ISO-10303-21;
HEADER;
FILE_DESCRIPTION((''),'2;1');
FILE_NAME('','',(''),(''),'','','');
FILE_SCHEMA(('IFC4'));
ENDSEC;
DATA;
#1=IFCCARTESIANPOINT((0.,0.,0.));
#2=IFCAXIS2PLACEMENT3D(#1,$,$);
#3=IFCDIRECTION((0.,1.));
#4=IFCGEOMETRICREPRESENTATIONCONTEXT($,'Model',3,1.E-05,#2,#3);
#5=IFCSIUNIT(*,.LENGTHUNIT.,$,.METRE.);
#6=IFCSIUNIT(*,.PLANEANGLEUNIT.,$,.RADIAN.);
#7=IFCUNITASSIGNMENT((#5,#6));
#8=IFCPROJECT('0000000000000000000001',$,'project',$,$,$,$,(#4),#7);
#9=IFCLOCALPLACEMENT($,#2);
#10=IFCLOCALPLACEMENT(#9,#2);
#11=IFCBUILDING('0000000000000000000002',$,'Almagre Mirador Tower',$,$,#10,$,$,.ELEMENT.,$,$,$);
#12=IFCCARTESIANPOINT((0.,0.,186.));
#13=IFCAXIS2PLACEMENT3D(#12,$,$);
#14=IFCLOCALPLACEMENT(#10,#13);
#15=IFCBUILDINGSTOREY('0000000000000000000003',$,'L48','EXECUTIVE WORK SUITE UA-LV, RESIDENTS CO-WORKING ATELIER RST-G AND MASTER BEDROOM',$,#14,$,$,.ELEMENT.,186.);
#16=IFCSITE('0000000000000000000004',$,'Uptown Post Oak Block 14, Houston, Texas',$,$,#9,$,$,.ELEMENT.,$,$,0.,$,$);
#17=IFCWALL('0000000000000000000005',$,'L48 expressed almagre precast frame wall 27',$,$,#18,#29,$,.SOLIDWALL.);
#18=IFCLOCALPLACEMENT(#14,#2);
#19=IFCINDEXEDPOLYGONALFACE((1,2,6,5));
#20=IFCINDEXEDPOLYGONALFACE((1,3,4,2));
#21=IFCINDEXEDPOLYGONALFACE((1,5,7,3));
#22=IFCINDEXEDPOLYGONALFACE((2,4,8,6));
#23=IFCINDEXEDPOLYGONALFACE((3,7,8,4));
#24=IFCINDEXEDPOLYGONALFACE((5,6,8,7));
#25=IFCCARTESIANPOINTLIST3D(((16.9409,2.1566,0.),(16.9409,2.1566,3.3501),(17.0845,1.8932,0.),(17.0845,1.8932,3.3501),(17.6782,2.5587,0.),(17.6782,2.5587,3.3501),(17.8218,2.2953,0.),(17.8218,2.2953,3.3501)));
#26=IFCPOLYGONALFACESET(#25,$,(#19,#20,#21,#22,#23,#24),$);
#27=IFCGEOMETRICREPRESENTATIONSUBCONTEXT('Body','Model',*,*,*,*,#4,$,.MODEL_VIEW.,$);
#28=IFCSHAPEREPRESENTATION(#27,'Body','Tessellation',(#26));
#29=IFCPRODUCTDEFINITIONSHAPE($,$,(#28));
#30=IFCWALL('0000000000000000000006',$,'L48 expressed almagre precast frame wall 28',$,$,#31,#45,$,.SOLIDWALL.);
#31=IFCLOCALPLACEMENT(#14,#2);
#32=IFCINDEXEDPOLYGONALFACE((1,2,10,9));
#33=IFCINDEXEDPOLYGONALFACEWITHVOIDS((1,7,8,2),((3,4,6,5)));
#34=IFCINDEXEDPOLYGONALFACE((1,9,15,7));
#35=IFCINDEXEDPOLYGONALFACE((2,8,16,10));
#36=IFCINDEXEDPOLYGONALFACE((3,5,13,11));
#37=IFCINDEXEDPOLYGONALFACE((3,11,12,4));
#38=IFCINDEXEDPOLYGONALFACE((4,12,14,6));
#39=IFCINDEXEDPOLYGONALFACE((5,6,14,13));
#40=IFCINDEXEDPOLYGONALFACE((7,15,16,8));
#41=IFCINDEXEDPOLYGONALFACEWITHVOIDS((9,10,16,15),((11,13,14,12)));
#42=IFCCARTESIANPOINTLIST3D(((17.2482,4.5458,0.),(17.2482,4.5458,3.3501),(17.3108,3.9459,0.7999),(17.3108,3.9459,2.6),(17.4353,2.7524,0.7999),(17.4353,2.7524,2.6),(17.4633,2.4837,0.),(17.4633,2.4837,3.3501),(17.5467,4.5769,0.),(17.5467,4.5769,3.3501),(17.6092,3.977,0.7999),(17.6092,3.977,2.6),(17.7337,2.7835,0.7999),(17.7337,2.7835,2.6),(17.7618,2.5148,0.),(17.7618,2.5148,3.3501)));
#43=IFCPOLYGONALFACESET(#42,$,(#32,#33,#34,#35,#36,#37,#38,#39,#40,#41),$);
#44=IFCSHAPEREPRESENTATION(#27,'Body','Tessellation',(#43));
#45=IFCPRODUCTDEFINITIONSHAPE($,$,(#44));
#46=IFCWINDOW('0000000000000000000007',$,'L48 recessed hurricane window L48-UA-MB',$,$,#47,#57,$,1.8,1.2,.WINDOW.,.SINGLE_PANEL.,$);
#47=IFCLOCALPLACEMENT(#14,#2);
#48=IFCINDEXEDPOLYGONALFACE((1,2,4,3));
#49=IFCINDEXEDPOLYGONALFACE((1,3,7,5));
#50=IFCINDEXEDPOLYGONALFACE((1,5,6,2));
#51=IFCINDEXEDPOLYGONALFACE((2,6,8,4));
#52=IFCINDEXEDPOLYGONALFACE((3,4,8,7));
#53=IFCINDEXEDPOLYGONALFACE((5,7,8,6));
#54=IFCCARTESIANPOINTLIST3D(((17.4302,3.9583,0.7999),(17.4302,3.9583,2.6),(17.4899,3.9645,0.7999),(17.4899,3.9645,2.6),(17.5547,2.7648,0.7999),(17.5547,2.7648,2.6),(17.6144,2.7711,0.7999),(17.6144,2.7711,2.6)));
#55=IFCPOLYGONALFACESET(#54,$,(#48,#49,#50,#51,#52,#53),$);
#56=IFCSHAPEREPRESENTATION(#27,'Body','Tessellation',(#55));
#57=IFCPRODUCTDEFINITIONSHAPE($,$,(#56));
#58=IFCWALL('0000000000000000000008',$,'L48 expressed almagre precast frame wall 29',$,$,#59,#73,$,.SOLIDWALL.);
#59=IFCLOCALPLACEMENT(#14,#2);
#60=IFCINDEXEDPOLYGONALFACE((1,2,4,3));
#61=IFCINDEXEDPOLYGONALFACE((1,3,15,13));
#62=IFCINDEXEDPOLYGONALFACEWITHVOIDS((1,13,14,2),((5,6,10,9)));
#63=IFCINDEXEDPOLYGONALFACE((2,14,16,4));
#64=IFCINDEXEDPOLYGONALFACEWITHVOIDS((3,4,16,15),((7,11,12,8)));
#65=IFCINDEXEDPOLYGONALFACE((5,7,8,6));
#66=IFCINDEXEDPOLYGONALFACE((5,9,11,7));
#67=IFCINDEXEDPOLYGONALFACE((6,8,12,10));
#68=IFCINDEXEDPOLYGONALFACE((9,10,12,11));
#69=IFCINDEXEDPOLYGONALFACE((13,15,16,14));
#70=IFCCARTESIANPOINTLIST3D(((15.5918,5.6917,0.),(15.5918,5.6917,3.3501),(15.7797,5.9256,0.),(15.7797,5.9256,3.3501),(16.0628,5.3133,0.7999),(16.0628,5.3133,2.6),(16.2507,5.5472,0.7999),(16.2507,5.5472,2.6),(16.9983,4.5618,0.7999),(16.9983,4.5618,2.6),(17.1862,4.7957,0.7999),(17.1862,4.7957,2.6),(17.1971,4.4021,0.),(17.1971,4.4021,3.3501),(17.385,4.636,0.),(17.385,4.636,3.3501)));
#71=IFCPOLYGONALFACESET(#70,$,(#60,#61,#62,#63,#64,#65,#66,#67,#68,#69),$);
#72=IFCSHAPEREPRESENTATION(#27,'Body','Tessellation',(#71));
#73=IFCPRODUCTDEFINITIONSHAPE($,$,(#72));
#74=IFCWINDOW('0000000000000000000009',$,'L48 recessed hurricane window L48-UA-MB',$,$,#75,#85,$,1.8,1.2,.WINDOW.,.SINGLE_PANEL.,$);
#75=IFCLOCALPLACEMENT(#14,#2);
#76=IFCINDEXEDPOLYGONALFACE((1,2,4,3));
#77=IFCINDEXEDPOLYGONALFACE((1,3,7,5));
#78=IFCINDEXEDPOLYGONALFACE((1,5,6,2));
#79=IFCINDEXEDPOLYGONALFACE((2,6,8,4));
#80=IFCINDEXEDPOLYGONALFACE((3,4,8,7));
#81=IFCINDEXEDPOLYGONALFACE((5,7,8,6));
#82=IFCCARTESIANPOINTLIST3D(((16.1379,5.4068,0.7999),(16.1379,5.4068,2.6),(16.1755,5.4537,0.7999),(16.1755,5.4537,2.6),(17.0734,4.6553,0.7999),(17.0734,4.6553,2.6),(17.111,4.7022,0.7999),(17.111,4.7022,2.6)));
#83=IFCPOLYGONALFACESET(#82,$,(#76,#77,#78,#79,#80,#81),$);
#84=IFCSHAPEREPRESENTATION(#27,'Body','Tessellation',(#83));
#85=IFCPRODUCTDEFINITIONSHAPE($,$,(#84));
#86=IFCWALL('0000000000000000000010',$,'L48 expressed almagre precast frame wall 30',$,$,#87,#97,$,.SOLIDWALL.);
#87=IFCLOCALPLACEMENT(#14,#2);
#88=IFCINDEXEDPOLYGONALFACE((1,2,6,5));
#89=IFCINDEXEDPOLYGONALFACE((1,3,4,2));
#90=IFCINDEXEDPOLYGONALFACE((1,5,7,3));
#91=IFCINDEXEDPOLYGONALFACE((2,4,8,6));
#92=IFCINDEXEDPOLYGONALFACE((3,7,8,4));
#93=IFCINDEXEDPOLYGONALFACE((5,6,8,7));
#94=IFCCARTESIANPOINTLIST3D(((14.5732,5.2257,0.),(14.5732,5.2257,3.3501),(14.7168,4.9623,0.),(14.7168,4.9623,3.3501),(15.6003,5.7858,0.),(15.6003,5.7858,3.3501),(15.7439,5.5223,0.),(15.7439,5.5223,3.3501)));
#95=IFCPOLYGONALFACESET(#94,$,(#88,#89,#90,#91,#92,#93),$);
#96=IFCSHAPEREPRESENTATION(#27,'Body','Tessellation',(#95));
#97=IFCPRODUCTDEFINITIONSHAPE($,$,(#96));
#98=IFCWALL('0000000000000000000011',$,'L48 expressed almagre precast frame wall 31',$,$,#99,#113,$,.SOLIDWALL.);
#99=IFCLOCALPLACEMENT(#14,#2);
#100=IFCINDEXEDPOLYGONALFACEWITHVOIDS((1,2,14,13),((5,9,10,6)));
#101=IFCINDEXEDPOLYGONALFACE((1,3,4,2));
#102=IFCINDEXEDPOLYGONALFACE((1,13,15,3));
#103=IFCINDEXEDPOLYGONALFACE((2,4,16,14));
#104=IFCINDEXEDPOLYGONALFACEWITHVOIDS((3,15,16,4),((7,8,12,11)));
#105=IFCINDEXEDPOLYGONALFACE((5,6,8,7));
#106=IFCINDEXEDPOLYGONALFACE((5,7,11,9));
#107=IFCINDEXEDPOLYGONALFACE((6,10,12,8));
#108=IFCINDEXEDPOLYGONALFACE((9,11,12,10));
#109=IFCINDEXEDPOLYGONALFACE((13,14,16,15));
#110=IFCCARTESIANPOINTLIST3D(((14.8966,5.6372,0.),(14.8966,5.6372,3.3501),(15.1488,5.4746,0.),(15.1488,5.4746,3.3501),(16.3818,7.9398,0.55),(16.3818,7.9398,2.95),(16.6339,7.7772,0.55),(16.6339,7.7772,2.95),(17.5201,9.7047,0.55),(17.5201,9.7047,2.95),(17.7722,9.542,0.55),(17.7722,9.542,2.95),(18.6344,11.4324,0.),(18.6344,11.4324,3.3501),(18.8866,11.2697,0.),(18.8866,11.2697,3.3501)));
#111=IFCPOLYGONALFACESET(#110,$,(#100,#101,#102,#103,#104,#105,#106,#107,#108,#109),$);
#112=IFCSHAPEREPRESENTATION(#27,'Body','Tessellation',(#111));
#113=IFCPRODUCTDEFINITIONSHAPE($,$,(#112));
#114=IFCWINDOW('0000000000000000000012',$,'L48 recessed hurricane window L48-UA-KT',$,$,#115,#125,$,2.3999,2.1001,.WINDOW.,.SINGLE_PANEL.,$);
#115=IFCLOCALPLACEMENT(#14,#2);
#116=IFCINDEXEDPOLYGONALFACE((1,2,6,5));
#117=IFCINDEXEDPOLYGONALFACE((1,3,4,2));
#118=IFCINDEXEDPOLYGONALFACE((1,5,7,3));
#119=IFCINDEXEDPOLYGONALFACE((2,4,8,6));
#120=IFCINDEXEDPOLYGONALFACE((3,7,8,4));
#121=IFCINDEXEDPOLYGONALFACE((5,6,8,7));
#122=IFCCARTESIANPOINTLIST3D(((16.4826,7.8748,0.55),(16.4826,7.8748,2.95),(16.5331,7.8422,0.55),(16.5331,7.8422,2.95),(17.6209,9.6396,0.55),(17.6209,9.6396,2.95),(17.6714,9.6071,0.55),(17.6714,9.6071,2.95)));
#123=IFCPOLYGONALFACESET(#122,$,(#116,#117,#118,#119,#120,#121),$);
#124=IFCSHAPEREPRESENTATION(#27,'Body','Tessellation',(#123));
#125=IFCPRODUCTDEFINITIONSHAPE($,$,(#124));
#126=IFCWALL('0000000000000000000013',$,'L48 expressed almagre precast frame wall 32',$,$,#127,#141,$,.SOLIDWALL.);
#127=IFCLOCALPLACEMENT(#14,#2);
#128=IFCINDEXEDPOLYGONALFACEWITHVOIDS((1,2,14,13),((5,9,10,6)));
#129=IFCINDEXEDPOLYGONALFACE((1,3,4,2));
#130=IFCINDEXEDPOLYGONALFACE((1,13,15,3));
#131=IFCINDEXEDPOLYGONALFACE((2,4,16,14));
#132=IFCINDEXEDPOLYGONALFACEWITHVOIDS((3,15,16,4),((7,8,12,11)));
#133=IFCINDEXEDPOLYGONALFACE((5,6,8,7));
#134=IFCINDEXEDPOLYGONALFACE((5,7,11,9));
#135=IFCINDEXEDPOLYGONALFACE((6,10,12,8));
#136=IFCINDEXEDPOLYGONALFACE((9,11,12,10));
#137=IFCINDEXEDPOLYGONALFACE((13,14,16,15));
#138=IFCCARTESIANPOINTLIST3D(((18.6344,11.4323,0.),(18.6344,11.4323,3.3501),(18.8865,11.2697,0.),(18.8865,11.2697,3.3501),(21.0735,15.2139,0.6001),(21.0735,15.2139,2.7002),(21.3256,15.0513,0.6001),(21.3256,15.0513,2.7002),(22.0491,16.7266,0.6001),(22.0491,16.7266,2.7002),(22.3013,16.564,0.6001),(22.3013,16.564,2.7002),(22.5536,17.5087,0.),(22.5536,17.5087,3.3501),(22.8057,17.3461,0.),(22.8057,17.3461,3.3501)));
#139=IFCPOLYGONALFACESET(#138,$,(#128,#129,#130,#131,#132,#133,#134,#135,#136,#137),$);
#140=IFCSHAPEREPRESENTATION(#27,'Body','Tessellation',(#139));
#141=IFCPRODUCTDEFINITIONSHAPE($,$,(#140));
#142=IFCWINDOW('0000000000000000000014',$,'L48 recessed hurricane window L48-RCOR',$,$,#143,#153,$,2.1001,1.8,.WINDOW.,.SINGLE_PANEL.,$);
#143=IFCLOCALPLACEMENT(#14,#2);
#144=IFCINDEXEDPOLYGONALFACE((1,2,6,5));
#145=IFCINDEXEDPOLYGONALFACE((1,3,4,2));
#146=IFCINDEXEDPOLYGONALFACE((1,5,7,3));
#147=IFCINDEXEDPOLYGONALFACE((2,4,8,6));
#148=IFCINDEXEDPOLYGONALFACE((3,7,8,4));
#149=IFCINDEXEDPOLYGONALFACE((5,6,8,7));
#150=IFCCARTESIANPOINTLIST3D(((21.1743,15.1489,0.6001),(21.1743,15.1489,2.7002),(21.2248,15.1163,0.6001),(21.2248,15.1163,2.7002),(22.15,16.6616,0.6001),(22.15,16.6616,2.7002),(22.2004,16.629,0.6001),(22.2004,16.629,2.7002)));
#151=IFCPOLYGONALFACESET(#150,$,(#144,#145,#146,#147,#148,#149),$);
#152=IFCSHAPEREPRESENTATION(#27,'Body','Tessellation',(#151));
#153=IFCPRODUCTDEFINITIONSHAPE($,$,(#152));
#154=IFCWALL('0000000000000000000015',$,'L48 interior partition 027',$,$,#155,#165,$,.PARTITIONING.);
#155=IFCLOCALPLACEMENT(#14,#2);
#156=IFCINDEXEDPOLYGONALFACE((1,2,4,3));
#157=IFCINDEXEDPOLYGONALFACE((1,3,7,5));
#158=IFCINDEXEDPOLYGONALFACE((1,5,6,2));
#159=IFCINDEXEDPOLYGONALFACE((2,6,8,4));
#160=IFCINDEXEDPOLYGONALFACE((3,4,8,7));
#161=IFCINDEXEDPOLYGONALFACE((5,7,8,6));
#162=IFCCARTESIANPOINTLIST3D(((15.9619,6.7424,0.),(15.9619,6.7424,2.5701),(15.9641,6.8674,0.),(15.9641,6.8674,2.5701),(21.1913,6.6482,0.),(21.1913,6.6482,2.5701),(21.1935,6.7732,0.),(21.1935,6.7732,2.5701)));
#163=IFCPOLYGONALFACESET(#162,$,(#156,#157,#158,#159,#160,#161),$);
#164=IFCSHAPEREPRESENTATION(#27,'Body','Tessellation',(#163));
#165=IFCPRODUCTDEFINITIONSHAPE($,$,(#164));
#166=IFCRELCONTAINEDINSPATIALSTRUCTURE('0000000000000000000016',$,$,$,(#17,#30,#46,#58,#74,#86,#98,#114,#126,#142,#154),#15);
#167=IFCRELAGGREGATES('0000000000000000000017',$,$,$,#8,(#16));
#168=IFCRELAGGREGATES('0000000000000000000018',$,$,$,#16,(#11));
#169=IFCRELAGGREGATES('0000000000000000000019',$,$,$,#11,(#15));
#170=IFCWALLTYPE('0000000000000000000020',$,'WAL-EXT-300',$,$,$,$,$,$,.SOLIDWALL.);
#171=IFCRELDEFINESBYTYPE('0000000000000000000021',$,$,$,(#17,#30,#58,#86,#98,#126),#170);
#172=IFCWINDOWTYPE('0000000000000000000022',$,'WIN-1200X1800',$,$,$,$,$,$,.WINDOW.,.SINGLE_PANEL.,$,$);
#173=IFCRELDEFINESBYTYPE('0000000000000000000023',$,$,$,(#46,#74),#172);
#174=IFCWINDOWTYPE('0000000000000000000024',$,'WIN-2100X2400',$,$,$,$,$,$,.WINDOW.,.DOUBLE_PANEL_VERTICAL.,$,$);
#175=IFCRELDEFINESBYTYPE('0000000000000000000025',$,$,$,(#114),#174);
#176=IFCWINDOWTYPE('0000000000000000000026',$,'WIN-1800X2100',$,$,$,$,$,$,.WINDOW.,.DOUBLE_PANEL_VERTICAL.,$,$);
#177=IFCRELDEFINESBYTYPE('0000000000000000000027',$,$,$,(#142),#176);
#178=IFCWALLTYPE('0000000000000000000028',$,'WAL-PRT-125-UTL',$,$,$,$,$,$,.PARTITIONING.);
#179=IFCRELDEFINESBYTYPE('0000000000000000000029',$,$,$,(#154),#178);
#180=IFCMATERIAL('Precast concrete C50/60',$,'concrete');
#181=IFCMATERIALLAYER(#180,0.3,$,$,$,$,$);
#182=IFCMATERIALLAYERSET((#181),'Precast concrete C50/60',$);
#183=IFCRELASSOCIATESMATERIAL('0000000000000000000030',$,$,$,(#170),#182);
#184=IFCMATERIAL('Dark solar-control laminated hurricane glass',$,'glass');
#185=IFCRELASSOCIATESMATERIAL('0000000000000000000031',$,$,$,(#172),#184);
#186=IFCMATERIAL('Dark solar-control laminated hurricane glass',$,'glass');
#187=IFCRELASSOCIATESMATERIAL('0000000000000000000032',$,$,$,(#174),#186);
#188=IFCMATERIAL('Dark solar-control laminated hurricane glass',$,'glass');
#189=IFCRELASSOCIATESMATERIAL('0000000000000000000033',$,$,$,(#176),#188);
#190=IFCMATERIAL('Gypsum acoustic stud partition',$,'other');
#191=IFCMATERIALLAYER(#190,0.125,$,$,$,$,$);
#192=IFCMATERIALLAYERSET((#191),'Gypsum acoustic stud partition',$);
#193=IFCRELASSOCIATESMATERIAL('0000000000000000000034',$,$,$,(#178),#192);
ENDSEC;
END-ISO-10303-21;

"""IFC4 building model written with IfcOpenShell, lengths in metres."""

from ifc_helpers import new_model, si_unit, direction, frame, frame_2d, origin, place, context, subcontext, project, spatial, rectangle, extrude, material, layer, layer_set, type_object, element, fill, save


model = new_model("IFC4")

# Units and contexts
model_context = context("Model", 3, precision=1e-05, world=origin(), true_north=direction((0.0, 1.0)))
body_context = subcontext(model_context, "Body", "Model", "MODEL_VIEW")
ifc_project = project(units=[si_unit("LENGTHUNIT", "METRE"), si_unit("PLANEANGLEUNIT", "RADIAN")], contexts=[model_context])

# Site, building, storey
site_placement = place(None, origin())
site = spatial("IfcSite", under=ifc_project, at=site_placement, Name="Uptown Post Oak Block 14, Houston, Texas", CompositionType="ELEMENT", RefElevation=0.0)
building_placement = place(site_placement, origin())
building = spatial("IfcBuilding", under=site, at=building_placement, Name="Almagre Mirador Tower", CompositionType="ELEMENT")
storey_placement = place(building_placement, frame((0.0, 0.0, 186.0)))
storey = spatial("IfcBuildingStorey", under=building, at=storey_placement, Name="L48", Description="EXECUTIVE WORK SUITE UA-LV, RESIDENTS CO-WORKING ATELIER RST-G AND MASTER BEDROOM", CompositionType="ELEMENT", Elevation=186.0)

# Wall
ifc_material_1 = material(Name="Precast concrete C50/60", Category="concrete")
ifc_layer_1 = layer(ifc_material_1, 0.3)
ifc_layer_set_1 = layer_set([ifc_layer_1], Name="Precast concrete C50/60")
wall_type_1 = type_object("IfcWallType", Name="WAL-EXT-300", PredefinedType="SOLIDWALL", material=ifc_layer_set_1)
wall_1_placement = place(storey_placement, frame((17.0127, 2.0249, 0.0), z_axis=(0.0, 0.0, 1.0), x_axis=(0.877929, 0.478791, 0.0)))
element("IfcWall", 1, at=wall_1_placement, inside=storey, type_object=wall_type_1, Name="L48 expressed almagre precast frame wall 27", PredefinedType="SOLIDWALL", context=body_context, shape_type="SweptSolid", body=[
    extrude(rectangle(XDim=0.8398, YDim=0.3, at=frame_2d((0.4199, 0.0))), origin(), (0.0, 0.0, 1.0), 3.3501),
])

# Walls, openings, windows
wall_2_placement = place(storey_placement, frame((17.6125, 2.4993, 0.0), z_axis=(0.0, 0.0, 1.0), x_axis=(-0.103747, 0.994604, 0.0)))
wall_2 = element("IfcWall", 2, at=wall_2_placement, inside=storey, type_object=wall_type_1, Name="L48 expressed almagre precast frame wall 28", PredefinedType="SOLIDWALL", context=body_context, shape_type="SweptSolid", body=[
    extrude(rectangle(XDim=2.0732, YDim=0.3, at=frame_2d((1.0366, 0.0))), origin(), (0.0, 0.0, 1.0), 3.3501),
])
opening_1_placement = place(wall_2_placement, frame((0.27, 0.0, 0.8)))
opening_1 = element("IfcOpeningElement", 3, at=opening_1_placement, cuts=wall_2, PredefinedType="OPENING", context=body_context, shape_type="SweptSolid", body=[
    extrude(rectangle(XDim=1.2, YDim=1.8, at=frame_2d((0.6001, 0.8999))), frame((0.0, 0.1599, 0.0), z_axis=(0.0, -1.0, 0.0), x_axis=(1.0, 0.0, 0.0)), (0.0, 0.0, 1.0), 0.32),
])
ifc_material_2 = material(Name="Dark solar-control laminated hurricane glass", Category="glass")
window_type_1 = type_object("IfcWindowType", Name="WIN-1200X1800", PartitioningType="SINGLE_PANEL", PredefinedType="WINDOW", material=ifc_material_2)
window_1_placement = place(opening_1_placement, origin())
window_1 = element("IfcWindow", 4, at=window_1_placement, inside=storey, type_object=window_type_1, Name="L48 recessed hurricane window L48-UA-MB", OverallHeight=1.8, OverallWidth=1.2, PartitioningType="SINGLE_PANEL", PredefinedType="WINDOW", context=body_context, shape_type="SweptSolid", body=[
    extrude(rectangle(XDim=1.2, YDim=1.8, at=frame_2d((0.6001, 0.8999))), frame((0.0, 0.03, 0.0), z_axis=(0.0, -1.0, 0.0), x_axis=(1.0, 0.0, 0.0)), (0.0, 0.0, 1.0), 0.0601),
])
fill(opening_1, window_1)
wall_3_placement = place(storey_placement, frame((17.291, 4.519, 0.0), z_axis=(0.0, 0.0, 1.0), x_axis=(-0.779595, 0.626284, 0.0)))
wall_3 = element("IfcWall", 5, at=wall_3_placement, inside=storey, type_object=wall_type_1, Name="L48 expressed almagre precast frame wall 29", PredefinedType="SOLIDWALL", context=body_context, shape_type="SweptSolid", body=[
    extrude(rectangle(XDim=2.0591, YDim=0.3, at=frame_2d((1.0295, 0.0))), origin(), (0.0, 0.0, 1.0), 3.3501),
])
opening_2_placement = place(wall_3_placement, frame((0.2549, 0.0, 0.8)))
opening_2 = element("IfcOpeningElement", 6, at=opening_2_placement, cuts=wall_3, PredefinedType="OPENING", context=body_context, shape_type="SweptSolid", body=[
    extrude(rectangle(XDim=1.2, YDim=1.8, at=frame_2d((0.6001, 0.8999))), frame((0.0, 0.1599, 0.0), z_axis=(0.0, -1.0, 0.0), x_axis=(1.0, 0.0, 0.0)), (0.0, 0.0, 1.0), 0.32),
])
window_2_placement = place(opening_2_placement, origin())
window_2 = element("IfcWindow", 7, at=window_2_placement, inside=storey, type_object=window_type_1, Name="L48 recessed hurricane window L48-UA-MB", OverallHeight=1.8, OverallWidth=1.2, PartitioningType="SINGLE_PANEL", PredefinedType="WINDOW", context=body_context, shape_type="SweptSolid", body=[
    extrude(rectangle(XDim=1.2, YDim=1.8, at=frame_2d((0.6001, 0.8999))), frame((0.0, 0.03, 0.0), z_axis=(0.0, -1.0, 0.0), x_axis=(1.0, 0.0, 0.0)), (0.0, 0.0, 1.0), 0.0601),
])
fill(opening_2, window_2)

# Wall
wall_4_placement = place(storey_placement, frame((15.6721, 5.6541, 0.0), z_axis=(0.0, 0.0, 1.0), x_axis=(-0.877959, -0.478735, 0.0)))
element("IfcWall", 8, at=wall_4_placement, inside=storey, type_object=wall_type_1, Name="L48 expressed almagre precast frame wall 30", PredefinedType="SOLIDWALL", context=body_context, shape_type="SweptSolid", body=[
    extrude(rectangle(XDim=1.1699, YDim=0.3, at=frame_2d((0.585, 0.0))), origin(), (0.0, 0.0, 1.0), 3.3501),
])

# Walls, openings, windows
wall_5_placement = place(storey_placement, frame((15.0227, 5.5559, 0.0), z_axis=(0.0, 0.0, 1.0), x_axis=(0.542022, 0.840364, 0.0)))
wall_5 = element("IfcWall", 9, at=wall_5_placement, inside=storey, type_object=wall_type_1, Name="L48 expressed almagre precast frame wall 31", PredefinedType="SOLIDWALL", context=body_context, shape_type="SweptSolid", body=[
    extrude(rectangle(XDim=6.896, YDim=0.3, at=frame_2d((3.448, 0.0))), origin(), (0.0, 0.0, 1.0), 3.3501),
])
opening_3_placement = place(wall_5_placement, frame((2.74, 0.0, 0.55)))
opening_3 = element("IfcOpeningElement", 10, at=opening_3_placement, cuts=wall_5, PredefinedType="OPENING", context=body_context, shape_type="SweptSolid", body=[
    extrude(rectangle(XDim=2.1001, YDim=2.3999, at=frame_2d((1.05, 1.2))), frame((0.0, 0.1599, 0.0), z_axis=(0.0, -1.0, 0.0), x_axis=(1.0, 0.0, 0.0)), (0.0, 0.0, 1.0), 0.32),
])
ifc_material_3 = material(Name="Dark solar-control laminated hurricane glass", Category="glass")
window_type_2 = type_object("IfcWindowType", Name="WIN-2100X2400", PartitioningType="DOUBLE_PANEL_VERTICAL", PredefinedType="WINDOW", material=ifc_material_3)
window_3_placement = place(opening_3_placement, origin())
window_3 = element("IfcWindow", 11, at=window_3_placement, inside=storey, type_object=window_type_2, Name="L48 recessed hurricane window L48-UA-KT", OverallHeight=2.3999, OverallWidth=2.1001, PartitioningType="SINGLE_PANEL", PredefinedType="WINDOW", context=body_context, shape_type="SweptSolid", body=[
    extrude(rectangle(XDim=2.1001, YDim=2.3999, at=frame_2d((1.05, 1.2))), frame((0.0, 0.03, 0.0), z_axis=(0.0, -1.0, 0.0), x_axis=(1.0, 0.0, 0.0)), (0.0, 0.0, 1.0), 0.0601),
])
fill(opening_3, window_3)
wall_6_placement = place(storey_placement, frame((18.7605, 11.3511, 0.0), z_axis=(0.0, 0.0, 1.0), x_axis=(0.542022, 0.840365, 0.0)))
wall_6 = element("IfcWall", 12, at=wall_6_placement, inside=storey, type_object=wall_type_1, Name="L48 expressed almagre precast frame wall 32", PredefinedType="SOLIDWALL", context=body_context, shape_type="SweptSolid", body=[
    extrude(rectangle(XDim=7.2307, YDim=0.3, at=frame_2d((3.6152, 0.0))), origin(), (0.0, 0.0, 1.0), 3.3501),
])
opening_4_placement = place(wall_6_placement, frame((4.5, 0.0, 0.6001)))
opening_4 = element("IfcOpeningElement", 13, at=opening_4_placement, cuts=wall_6, PredefinedType="OPENING", context=body_context, shape_type="SweptSolid", body=[
    extrude(rectangle(XDim=1.8, YDim=2.1001, at=frame_2d((0.8999, 1.05))), frame((0.0, 0.1599, 0.0), z_axis=(0.0, -1.0, 0.0), x_axis=(1.0, 0.0, 0.0)), (0.0, 0.0, 1.0), 0.32),
])
ifc_material_4 = material(Name="Dark solar-control laminated hurricane glass", Category="glass")
window_type_3 = type_object("IfcWindowType", Name="WIN-1800X2100", PartitioningType="DOUBLE_PANEL_VERTICAL", PredefinedType="WINDOW", material=ifc_material_4)
window_4_placement = place(opening_4_placement, origin())
window_4 = element("IfcWindow", 14, at=window_4_placement, inside=storey, type_object=window_type_3, Name="L48 recessed hurricane window L48-RCOR", OverallHeight=2.1001, OverallWidth=1.8, PartitioningType="SINGLE_PANEL", PredefinedType="WINDOW", context=body_context, shape_type="SweptSolid", body=[
    extrude(rectangle(XDim=1.8, YDim=2.1001, at=frame_2d((0.8999, 1.05))), frame((0.0, 0.03, 0.0), z_axis=(0.0, -1.0, 0.0), x_axis=(1.0, 0.0, 0.0)), (0.0, 0.0, 1.0), 0.0601),
])
fill(opening_4, window_4)

# Wall
ifc_material_5 = material(Name="Gypsum acoustic stud partition", Category="other")
ifc_layer_2 = layer(ifc_material_5, 0.125)
ifc_layer_set_2 = layer_set([ifc_layer_2], Name="Gypsum acoustic stud partition")
wall_type_2 = type_object("IfcWallType", Name="WAL-PRT-125-UTL", PredefinedType="PARTITIONING", material=ifc_layer_set_2)
wall_7_placement = place(storey_placement, frame((15.9629, 6.8049, 0.0), z_axis=(0.0, 0.0, 1.0), x_axis=(0.999838, -0.018018, 0.0)))
element("IfcWall", 15, at=wall_7_placement, inside=storey, type_object=wall_type_2, Name="L48 interior partition 027", PredefinedType="PARTITIONING", context=body_context, shape_type="SweptSolid", body=[
    extrude(rectangle(XDim=5.2302, YDim=0.125, at=frame_2d((2.6152, 0.0))), origin(), (0.0, 0.0, 1.0), 2.5701),
])

save(model, "model.ifc")
